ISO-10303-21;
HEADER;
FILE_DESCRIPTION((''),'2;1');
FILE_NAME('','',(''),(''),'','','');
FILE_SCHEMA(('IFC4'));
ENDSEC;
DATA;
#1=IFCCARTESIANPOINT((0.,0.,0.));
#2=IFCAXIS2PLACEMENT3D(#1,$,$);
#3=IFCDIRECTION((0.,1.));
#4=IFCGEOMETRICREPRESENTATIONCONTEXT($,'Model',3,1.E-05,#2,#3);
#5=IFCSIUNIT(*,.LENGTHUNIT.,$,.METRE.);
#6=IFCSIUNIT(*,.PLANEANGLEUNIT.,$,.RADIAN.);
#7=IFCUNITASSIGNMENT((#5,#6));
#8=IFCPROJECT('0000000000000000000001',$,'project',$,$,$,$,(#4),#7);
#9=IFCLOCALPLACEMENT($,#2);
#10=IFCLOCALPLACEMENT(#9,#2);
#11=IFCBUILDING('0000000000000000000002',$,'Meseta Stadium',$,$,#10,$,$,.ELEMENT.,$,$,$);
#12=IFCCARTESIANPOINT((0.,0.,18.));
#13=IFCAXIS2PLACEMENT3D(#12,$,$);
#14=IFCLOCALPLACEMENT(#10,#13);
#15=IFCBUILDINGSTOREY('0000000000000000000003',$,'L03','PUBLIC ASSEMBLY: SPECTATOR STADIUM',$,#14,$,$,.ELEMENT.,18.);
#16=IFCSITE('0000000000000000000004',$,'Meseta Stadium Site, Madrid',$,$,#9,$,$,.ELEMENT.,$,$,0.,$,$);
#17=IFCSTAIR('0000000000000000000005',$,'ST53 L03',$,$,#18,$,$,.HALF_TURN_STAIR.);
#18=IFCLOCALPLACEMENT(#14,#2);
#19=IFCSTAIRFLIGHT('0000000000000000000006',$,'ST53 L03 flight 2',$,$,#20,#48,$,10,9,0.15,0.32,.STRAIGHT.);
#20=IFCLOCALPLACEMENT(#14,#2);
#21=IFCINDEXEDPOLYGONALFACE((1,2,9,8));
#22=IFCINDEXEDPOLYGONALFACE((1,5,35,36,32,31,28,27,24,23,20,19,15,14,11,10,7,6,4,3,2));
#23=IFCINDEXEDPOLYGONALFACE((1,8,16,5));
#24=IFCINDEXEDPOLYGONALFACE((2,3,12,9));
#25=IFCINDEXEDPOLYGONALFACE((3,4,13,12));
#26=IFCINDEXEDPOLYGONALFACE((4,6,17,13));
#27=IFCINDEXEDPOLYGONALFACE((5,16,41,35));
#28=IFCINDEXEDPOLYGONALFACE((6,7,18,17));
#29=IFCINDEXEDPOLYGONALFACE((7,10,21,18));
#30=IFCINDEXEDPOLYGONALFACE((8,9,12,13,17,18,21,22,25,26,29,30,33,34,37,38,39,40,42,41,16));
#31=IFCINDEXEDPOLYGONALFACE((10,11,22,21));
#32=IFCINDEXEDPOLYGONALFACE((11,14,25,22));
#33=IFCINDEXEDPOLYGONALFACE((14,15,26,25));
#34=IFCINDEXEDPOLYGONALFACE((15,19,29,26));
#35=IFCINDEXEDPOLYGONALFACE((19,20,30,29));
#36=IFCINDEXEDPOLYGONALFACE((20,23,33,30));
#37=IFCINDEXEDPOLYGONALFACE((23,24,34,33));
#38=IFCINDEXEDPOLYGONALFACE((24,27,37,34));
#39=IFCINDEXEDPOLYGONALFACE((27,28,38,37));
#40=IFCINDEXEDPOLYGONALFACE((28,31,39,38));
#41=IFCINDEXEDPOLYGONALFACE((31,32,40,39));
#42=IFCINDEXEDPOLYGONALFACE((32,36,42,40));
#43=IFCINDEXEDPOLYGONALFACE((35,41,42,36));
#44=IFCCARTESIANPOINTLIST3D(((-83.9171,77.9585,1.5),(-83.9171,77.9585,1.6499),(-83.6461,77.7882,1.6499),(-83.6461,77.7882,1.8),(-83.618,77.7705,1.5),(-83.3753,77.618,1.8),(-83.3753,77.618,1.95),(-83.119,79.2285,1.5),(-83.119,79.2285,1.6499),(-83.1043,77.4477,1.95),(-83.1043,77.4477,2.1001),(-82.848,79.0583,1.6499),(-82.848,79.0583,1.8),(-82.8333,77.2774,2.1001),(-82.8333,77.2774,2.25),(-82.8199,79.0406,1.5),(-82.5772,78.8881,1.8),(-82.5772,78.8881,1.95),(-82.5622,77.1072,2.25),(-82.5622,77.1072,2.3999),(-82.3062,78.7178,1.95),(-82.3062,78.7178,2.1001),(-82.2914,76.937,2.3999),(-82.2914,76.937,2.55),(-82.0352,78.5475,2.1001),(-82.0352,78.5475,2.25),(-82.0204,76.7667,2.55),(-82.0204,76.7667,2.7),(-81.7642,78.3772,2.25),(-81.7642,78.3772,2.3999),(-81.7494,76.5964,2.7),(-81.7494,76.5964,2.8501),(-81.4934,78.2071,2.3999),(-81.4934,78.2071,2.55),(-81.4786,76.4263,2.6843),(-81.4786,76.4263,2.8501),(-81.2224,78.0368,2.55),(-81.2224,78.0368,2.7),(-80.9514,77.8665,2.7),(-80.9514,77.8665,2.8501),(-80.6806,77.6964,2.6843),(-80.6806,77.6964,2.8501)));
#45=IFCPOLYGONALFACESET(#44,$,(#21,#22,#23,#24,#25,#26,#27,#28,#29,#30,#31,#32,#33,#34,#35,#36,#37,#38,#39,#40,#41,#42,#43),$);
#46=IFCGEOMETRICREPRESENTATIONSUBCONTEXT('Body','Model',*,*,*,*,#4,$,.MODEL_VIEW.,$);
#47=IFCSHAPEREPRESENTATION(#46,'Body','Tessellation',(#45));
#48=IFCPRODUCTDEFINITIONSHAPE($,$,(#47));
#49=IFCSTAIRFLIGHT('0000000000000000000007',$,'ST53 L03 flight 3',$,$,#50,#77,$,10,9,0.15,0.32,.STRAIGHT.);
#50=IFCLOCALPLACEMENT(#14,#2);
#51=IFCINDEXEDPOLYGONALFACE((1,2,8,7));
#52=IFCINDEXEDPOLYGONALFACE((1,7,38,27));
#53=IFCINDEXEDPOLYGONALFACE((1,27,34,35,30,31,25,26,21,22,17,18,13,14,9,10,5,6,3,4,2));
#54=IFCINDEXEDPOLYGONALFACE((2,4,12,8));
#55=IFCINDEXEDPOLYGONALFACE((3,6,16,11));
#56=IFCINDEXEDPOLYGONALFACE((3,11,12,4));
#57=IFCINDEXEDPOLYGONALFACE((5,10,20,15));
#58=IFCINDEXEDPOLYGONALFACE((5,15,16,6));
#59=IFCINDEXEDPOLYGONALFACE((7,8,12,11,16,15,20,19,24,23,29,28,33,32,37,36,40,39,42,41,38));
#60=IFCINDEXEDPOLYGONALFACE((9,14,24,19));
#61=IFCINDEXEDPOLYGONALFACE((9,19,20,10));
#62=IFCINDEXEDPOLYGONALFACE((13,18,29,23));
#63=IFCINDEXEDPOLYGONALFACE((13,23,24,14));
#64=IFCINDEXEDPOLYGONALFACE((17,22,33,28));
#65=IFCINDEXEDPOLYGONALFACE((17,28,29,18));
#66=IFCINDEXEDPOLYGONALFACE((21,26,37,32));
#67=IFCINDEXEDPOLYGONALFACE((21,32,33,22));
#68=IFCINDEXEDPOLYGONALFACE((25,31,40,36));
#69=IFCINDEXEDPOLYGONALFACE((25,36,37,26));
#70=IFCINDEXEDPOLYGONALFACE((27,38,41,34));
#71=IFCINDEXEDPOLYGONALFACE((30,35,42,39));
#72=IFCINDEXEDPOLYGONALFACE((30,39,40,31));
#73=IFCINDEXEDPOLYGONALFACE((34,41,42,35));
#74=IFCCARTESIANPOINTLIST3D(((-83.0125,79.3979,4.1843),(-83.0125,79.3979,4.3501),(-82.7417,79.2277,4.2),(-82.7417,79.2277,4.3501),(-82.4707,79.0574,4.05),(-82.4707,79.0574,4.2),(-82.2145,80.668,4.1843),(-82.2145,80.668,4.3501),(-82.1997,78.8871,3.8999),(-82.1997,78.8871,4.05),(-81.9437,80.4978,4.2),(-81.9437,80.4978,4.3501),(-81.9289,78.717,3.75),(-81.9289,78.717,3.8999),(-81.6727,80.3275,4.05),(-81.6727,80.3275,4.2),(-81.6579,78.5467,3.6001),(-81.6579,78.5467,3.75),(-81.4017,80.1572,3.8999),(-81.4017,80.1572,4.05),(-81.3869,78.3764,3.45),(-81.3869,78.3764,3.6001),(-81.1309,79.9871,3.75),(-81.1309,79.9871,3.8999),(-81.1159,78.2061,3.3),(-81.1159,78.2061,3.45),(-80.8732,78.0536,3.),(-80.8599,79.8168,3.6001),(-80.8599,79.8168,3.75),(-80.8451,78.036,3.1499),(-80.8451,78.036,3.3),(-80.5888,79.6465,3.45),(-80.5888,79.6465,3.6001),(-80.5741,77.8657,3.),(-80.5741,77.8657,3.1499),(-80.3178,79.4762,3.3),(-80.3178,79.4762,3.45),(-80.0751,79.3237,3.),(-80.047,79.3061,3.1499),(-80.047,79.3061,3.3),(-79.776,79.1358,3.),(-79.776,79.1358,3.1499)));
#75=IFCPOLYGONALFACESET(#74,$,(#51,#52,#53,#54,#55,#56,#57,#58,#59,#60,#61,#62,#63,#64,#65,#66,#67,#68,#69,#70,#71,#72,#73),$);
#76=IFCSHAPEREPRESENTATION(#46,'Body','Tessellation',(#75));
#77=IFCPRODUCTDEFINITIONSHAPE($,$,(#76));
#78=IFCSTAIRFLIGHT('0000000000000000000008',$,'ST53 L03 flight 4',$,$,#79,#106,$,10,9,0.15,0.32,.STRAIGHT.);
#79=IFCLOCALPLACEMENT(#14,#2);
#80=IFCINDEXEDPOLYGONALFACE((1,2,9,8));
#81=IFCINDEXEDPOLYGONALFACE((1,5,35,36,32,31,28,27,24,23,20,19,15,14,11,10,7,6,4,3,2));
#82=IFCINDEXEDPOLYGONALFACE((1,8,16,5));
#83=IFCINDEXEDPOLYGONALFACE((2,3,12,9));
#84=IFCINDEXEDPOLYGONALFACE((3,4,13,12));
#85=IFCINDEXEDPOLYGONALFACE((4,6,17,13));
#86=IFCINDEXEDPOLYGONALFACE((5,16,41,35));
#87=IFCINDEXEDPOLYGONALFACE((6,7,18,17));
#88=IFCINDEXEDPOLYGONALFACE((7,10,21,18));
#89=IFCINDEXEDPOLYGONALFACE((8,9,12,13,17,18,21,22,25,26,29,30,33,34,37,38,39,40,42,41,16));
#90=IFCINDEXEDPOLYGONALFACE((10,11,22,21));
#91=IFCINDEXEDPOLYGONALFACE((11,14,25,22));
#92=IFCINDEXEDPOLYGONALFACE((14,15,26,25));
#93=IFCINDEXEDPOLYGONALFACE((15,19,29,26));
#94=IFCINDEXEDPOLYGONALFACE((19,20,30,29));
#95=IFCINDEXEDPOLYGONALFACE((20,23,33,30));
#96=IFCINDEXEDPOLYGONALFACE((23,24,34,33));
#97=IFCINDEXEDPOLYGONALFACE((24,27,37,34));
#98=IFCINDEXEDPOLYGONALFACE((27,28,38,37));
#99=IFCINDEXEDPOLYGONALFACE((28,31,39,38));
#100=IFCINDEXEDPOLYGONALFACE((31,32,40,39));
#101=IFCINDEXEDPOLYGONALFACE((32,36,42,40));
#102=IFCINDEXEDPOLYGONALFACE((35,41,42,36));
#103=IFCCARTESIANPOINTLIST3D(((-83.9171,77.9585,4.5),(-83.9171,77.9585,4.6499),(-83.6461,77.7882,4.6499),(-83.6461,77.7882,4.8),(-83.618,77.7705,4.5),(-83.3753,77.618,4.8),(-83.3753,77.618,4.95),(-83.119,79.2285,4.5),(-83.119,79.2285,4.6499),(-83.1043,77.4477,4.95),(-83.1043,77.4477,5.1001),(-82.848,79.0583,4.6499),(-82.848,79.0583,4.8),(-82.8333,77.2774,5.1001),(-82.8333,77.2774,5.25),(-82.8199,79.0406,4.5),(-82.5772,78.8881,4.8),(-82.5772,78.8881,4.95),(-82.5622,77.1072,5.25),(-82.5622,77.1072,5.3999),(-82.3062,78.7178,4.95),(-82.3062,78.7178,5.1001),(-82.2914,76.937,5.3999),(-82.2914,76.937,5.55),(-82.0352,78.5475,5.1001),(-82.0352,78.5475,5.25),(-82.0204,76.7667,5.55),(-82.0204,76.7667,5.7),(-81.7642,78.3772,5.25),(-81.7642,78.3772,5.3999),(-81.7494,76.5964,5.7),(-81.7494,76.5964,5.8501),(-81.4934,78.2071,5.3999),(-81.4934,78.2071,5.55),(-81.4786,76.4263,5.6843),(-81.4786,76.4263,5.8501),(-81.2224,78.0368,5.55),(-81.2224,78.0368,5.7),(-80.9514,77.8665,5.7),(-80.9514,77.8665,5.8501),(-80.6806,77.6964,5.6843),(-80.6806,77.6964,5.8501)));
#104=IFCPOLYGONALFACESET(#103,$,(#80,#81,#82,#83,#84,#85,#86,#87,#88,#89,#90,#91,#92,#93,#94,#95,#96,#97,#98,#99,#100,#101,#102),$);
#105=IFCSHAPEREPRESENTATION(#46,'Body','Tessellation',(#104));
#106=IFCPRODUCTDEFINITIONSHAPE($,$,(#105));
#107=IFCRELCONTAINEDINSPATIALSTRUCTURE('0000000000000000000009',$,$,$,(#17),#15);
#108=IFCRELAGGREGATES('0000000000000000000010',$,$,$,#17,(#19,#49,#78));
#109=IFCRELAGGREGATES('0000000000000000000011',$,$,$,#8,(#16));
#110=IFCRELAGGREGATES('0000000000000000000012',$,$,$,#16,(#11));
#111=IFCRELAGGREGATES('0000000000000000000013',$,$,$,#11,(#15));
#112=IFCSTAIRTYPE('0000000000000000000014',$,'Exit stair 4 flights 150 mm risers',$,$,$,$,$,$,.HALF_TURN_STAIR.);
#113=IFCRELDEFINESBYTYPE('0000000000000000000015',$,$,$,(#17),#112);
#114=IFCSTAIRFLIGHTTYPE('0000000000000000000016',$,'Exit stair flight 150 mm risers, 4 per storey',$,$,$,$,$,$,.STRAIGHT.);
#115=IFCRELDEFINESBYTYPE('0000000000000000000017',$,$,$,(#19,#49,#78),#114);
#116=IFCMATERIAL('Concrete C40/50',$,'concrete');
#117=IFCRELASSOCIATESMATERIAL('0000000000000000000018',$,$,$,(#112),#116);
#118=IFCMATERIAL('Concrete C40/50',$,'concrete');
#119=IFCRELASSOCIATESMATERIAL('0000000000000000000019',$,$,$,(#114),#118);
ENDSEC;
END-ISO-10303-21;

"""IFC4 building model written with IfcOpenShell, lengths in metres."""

from ifc_helpers import new_model, si_unit, direction, frame, origin, place, context, subcontext, project, spatial, polyline, outline, extrude, material, type_object, element, aggregate, save


model = new_model("IFC4")

# Units and contexts
model_context = context("Model", 3, precision=1e-05, world=origin(), true_north=direction((0.0, 1.0)))
body_context = subcontext(model_context, "Body", "Model", "MODEL_VIEW")
ifc_project = project(units=[si_unit("LENGTHUNIT", "METRE"), si_unit("PLANEANGLEUNIT", "RADIAN")], contexts=[model_context])

# Site, building, storey
site_placement = place(None, origin())
site = spatial("IfcSite", under=ifc_project, at=site_placement, Name="Meseta Stadium Site, Madrid", CompositionType="ELEMENT", RefElevation=0.0)
building_placement = place(site_placement, origin())
building = spatial("IfcBuilding", under=site, at=building_placement, Name="Meseta Stadium", CompositionType="ELEMENT")
storey_placement = place(building_placement, frame((0.0, 0.0, 18.0)))
storey = spatial("IfcBuildingStorey", under=building, at=storey_placement, Name="L03", Description="PUBLIC ASSEMBLY: SPECTATOR STADIUM", CompositionType="ELEMENT", Elevation=18.0)

# Stair, stair flights
ifc_material_1 = material(Name="Concrete C40/50", Category="concrete")
stair_type = type_object("IfcStairType", Name="Exit stair 4 flights 150 mm risers", PredefinedType="HALF_TURN_STAIR", material=ifc_material_1)
stair_placement = place(storey_placement, origin())
stair = element("IfcStair", 1, at=stair_placement, inside=storey, type_object=stair_type, Name="ST53 L03", PredefinedType="HALF_TURN_STAIR")
ifc_material_2 = material(Name="Concrete C40/50", Category="concrete")
stair_flight_type = type_object("IfcStairFlightType", Name="Exit stair flight 150 mm risers, 4 per storey", PredefinedType="STRAIGHT", material=ifc_material_2)
stair_flight_1_placement = place(storey_placement, frame((-83.5181, 78.5935, 1.5), z_axis=(0.0, 0.0, 1.0), x_axis=(0.846724, -0.532032, 0.0)))
stair_flight_1 = element("IfcStairFlight", 2, at=stair_flight_1_placement, type_object=stair_flight_type, Name="ST53 L03 flight 2", NumberOfRisers=10, NumberOfTreads=9, PredefinedType="STRAIGHT", RiserHeight=0.15, TreadLength=0.32, context=body_context, shape_type="SweptSolid", body=[
    extrude(outline(polyline([(0.0, 0.0), (0.0, 0.1499), (0.3201, 0.1499), (0.3201, 0.3), (0.6399, 0.3), (0.6399, 0.45), (0.96, 0.45), (0.96, 0.6001), (1.28, 0.6001), (1.28, 0.75), (1.6001, 0.75), (1.6001, 0.8999), (1.9199, 0.8999), (1.9199, 1.05), (2.24, 1.05), (2.24, 1.2), (2.5601, 1.2), (2.5601, 1.3501), (2.8799, 1.3501), (2.8799, 1.1843), (0.3533, 0.0), (0.0, 0.0)])), frame((0.0, 0.75, 0.0), z_axis=(0.0, -1.0, 0.0), x_axis=(1.0, 0.0, 0.0)), (0.0, 0.0, 1.0), 1.5),
])
stair_flight_2_placement = place(storey_placement, frame((-80.175, 78.5007, 3.0), z_axis=(0.0, 0.0, 1.0), x_axis=(-0.846724, 0.532032, 0.0)))
stair_flight_2 = element("IfcStairFlight", 3, at=stair_flight_2_placement, type_object=stair_flight_type, Name="ST53 L03 flight 3", NumberOfRisers=10, NumberOfTreads=9, PredefinedType="STRAIGHT", RiserHeight=0.15, TreadLength=0.32, context=body_context, shape_type="SweptSolid", body=[
    extrude(outline(polyline([(0.0, 0.0), (0.0, 0.1499), (0.3201, 0.1499), (0.3201, 0.3), (0.6399, 0.3), (0.6399, 0.45), (0.96, 0.45), (0.96, 0.6001), (1.28, 0.6001), (1.28, 0.75), (1.6001, 0.75), (1.6001, 0.8999), (1.9199, 0.8999), (1.9199, 1.05), (2.24, 1.05), (2.24, 1.2), (2.5601, 1.2), (2.5601, 1.3501), (2.8799, 1.3501), (2.8799, 1.1843), (0.3533, 0.0), (0.0, 0.0)])), frame((0.0, 0.75, 0.0), z_axis=(0.0, -1.0, 0.0), x_axis=(1.0, 0.0, 0.0)), (0.0, 0.0, 1.0), 1.5),
])
stair_flight_3_placement = place(storey_placement, frame((-83.5181, 78.5935, 4.5), z_axis=(0.0, 0.0, 1.0), x_axis=(0.846724, -0.532032, 0.0)))
stair_flight_3 = element("IfcStairFlight", 4, at=stair_flight_3_placement, type_object=stair_flight_type, Name="ST53 L03 flight 4", NumberOfRisers=10, NumberOfTreads=9, PredefinedType="STRAIGHT", RiserHeight=0.15, TreadLength=0.32, context=body_context, shape_type="SweptSolid", body=[
    extrude(outline(polyline([(0.0, 0.0), (0.0, 0.1499), (0.3201, 0.1499), (0.3201, 0.3), (0.6399, 0.3), (0.6399, 0.45), (0.96, 0.45), (0.96, 0.6001), (1.28, 0.6001), (1.28, 0.75), (1.6001, 0.75), (1.6001, 0.8999), (1.9199, 0.8999), (1.9199, 1.05), (2.24, 1.05), (2.24, 1.2), (2.5601, 1.2), (2.5601, 1.3501), (2.8799, 1.3501), (2.8799, 1.1843), (0.3533, 0.0), (0.0, 0.0)])), frame((0.0, 0.75, 0.0), z_axis=(0.0, -1.0, 0.0), x_axis=(1.0, 0.0, 0.0)), (0.0, 0.0, 1.0), 1.5),
])
aggregate(stair, [stair_flight_1, stair_flight_2, stair_flight_3])

save(model, "model.ifc")
